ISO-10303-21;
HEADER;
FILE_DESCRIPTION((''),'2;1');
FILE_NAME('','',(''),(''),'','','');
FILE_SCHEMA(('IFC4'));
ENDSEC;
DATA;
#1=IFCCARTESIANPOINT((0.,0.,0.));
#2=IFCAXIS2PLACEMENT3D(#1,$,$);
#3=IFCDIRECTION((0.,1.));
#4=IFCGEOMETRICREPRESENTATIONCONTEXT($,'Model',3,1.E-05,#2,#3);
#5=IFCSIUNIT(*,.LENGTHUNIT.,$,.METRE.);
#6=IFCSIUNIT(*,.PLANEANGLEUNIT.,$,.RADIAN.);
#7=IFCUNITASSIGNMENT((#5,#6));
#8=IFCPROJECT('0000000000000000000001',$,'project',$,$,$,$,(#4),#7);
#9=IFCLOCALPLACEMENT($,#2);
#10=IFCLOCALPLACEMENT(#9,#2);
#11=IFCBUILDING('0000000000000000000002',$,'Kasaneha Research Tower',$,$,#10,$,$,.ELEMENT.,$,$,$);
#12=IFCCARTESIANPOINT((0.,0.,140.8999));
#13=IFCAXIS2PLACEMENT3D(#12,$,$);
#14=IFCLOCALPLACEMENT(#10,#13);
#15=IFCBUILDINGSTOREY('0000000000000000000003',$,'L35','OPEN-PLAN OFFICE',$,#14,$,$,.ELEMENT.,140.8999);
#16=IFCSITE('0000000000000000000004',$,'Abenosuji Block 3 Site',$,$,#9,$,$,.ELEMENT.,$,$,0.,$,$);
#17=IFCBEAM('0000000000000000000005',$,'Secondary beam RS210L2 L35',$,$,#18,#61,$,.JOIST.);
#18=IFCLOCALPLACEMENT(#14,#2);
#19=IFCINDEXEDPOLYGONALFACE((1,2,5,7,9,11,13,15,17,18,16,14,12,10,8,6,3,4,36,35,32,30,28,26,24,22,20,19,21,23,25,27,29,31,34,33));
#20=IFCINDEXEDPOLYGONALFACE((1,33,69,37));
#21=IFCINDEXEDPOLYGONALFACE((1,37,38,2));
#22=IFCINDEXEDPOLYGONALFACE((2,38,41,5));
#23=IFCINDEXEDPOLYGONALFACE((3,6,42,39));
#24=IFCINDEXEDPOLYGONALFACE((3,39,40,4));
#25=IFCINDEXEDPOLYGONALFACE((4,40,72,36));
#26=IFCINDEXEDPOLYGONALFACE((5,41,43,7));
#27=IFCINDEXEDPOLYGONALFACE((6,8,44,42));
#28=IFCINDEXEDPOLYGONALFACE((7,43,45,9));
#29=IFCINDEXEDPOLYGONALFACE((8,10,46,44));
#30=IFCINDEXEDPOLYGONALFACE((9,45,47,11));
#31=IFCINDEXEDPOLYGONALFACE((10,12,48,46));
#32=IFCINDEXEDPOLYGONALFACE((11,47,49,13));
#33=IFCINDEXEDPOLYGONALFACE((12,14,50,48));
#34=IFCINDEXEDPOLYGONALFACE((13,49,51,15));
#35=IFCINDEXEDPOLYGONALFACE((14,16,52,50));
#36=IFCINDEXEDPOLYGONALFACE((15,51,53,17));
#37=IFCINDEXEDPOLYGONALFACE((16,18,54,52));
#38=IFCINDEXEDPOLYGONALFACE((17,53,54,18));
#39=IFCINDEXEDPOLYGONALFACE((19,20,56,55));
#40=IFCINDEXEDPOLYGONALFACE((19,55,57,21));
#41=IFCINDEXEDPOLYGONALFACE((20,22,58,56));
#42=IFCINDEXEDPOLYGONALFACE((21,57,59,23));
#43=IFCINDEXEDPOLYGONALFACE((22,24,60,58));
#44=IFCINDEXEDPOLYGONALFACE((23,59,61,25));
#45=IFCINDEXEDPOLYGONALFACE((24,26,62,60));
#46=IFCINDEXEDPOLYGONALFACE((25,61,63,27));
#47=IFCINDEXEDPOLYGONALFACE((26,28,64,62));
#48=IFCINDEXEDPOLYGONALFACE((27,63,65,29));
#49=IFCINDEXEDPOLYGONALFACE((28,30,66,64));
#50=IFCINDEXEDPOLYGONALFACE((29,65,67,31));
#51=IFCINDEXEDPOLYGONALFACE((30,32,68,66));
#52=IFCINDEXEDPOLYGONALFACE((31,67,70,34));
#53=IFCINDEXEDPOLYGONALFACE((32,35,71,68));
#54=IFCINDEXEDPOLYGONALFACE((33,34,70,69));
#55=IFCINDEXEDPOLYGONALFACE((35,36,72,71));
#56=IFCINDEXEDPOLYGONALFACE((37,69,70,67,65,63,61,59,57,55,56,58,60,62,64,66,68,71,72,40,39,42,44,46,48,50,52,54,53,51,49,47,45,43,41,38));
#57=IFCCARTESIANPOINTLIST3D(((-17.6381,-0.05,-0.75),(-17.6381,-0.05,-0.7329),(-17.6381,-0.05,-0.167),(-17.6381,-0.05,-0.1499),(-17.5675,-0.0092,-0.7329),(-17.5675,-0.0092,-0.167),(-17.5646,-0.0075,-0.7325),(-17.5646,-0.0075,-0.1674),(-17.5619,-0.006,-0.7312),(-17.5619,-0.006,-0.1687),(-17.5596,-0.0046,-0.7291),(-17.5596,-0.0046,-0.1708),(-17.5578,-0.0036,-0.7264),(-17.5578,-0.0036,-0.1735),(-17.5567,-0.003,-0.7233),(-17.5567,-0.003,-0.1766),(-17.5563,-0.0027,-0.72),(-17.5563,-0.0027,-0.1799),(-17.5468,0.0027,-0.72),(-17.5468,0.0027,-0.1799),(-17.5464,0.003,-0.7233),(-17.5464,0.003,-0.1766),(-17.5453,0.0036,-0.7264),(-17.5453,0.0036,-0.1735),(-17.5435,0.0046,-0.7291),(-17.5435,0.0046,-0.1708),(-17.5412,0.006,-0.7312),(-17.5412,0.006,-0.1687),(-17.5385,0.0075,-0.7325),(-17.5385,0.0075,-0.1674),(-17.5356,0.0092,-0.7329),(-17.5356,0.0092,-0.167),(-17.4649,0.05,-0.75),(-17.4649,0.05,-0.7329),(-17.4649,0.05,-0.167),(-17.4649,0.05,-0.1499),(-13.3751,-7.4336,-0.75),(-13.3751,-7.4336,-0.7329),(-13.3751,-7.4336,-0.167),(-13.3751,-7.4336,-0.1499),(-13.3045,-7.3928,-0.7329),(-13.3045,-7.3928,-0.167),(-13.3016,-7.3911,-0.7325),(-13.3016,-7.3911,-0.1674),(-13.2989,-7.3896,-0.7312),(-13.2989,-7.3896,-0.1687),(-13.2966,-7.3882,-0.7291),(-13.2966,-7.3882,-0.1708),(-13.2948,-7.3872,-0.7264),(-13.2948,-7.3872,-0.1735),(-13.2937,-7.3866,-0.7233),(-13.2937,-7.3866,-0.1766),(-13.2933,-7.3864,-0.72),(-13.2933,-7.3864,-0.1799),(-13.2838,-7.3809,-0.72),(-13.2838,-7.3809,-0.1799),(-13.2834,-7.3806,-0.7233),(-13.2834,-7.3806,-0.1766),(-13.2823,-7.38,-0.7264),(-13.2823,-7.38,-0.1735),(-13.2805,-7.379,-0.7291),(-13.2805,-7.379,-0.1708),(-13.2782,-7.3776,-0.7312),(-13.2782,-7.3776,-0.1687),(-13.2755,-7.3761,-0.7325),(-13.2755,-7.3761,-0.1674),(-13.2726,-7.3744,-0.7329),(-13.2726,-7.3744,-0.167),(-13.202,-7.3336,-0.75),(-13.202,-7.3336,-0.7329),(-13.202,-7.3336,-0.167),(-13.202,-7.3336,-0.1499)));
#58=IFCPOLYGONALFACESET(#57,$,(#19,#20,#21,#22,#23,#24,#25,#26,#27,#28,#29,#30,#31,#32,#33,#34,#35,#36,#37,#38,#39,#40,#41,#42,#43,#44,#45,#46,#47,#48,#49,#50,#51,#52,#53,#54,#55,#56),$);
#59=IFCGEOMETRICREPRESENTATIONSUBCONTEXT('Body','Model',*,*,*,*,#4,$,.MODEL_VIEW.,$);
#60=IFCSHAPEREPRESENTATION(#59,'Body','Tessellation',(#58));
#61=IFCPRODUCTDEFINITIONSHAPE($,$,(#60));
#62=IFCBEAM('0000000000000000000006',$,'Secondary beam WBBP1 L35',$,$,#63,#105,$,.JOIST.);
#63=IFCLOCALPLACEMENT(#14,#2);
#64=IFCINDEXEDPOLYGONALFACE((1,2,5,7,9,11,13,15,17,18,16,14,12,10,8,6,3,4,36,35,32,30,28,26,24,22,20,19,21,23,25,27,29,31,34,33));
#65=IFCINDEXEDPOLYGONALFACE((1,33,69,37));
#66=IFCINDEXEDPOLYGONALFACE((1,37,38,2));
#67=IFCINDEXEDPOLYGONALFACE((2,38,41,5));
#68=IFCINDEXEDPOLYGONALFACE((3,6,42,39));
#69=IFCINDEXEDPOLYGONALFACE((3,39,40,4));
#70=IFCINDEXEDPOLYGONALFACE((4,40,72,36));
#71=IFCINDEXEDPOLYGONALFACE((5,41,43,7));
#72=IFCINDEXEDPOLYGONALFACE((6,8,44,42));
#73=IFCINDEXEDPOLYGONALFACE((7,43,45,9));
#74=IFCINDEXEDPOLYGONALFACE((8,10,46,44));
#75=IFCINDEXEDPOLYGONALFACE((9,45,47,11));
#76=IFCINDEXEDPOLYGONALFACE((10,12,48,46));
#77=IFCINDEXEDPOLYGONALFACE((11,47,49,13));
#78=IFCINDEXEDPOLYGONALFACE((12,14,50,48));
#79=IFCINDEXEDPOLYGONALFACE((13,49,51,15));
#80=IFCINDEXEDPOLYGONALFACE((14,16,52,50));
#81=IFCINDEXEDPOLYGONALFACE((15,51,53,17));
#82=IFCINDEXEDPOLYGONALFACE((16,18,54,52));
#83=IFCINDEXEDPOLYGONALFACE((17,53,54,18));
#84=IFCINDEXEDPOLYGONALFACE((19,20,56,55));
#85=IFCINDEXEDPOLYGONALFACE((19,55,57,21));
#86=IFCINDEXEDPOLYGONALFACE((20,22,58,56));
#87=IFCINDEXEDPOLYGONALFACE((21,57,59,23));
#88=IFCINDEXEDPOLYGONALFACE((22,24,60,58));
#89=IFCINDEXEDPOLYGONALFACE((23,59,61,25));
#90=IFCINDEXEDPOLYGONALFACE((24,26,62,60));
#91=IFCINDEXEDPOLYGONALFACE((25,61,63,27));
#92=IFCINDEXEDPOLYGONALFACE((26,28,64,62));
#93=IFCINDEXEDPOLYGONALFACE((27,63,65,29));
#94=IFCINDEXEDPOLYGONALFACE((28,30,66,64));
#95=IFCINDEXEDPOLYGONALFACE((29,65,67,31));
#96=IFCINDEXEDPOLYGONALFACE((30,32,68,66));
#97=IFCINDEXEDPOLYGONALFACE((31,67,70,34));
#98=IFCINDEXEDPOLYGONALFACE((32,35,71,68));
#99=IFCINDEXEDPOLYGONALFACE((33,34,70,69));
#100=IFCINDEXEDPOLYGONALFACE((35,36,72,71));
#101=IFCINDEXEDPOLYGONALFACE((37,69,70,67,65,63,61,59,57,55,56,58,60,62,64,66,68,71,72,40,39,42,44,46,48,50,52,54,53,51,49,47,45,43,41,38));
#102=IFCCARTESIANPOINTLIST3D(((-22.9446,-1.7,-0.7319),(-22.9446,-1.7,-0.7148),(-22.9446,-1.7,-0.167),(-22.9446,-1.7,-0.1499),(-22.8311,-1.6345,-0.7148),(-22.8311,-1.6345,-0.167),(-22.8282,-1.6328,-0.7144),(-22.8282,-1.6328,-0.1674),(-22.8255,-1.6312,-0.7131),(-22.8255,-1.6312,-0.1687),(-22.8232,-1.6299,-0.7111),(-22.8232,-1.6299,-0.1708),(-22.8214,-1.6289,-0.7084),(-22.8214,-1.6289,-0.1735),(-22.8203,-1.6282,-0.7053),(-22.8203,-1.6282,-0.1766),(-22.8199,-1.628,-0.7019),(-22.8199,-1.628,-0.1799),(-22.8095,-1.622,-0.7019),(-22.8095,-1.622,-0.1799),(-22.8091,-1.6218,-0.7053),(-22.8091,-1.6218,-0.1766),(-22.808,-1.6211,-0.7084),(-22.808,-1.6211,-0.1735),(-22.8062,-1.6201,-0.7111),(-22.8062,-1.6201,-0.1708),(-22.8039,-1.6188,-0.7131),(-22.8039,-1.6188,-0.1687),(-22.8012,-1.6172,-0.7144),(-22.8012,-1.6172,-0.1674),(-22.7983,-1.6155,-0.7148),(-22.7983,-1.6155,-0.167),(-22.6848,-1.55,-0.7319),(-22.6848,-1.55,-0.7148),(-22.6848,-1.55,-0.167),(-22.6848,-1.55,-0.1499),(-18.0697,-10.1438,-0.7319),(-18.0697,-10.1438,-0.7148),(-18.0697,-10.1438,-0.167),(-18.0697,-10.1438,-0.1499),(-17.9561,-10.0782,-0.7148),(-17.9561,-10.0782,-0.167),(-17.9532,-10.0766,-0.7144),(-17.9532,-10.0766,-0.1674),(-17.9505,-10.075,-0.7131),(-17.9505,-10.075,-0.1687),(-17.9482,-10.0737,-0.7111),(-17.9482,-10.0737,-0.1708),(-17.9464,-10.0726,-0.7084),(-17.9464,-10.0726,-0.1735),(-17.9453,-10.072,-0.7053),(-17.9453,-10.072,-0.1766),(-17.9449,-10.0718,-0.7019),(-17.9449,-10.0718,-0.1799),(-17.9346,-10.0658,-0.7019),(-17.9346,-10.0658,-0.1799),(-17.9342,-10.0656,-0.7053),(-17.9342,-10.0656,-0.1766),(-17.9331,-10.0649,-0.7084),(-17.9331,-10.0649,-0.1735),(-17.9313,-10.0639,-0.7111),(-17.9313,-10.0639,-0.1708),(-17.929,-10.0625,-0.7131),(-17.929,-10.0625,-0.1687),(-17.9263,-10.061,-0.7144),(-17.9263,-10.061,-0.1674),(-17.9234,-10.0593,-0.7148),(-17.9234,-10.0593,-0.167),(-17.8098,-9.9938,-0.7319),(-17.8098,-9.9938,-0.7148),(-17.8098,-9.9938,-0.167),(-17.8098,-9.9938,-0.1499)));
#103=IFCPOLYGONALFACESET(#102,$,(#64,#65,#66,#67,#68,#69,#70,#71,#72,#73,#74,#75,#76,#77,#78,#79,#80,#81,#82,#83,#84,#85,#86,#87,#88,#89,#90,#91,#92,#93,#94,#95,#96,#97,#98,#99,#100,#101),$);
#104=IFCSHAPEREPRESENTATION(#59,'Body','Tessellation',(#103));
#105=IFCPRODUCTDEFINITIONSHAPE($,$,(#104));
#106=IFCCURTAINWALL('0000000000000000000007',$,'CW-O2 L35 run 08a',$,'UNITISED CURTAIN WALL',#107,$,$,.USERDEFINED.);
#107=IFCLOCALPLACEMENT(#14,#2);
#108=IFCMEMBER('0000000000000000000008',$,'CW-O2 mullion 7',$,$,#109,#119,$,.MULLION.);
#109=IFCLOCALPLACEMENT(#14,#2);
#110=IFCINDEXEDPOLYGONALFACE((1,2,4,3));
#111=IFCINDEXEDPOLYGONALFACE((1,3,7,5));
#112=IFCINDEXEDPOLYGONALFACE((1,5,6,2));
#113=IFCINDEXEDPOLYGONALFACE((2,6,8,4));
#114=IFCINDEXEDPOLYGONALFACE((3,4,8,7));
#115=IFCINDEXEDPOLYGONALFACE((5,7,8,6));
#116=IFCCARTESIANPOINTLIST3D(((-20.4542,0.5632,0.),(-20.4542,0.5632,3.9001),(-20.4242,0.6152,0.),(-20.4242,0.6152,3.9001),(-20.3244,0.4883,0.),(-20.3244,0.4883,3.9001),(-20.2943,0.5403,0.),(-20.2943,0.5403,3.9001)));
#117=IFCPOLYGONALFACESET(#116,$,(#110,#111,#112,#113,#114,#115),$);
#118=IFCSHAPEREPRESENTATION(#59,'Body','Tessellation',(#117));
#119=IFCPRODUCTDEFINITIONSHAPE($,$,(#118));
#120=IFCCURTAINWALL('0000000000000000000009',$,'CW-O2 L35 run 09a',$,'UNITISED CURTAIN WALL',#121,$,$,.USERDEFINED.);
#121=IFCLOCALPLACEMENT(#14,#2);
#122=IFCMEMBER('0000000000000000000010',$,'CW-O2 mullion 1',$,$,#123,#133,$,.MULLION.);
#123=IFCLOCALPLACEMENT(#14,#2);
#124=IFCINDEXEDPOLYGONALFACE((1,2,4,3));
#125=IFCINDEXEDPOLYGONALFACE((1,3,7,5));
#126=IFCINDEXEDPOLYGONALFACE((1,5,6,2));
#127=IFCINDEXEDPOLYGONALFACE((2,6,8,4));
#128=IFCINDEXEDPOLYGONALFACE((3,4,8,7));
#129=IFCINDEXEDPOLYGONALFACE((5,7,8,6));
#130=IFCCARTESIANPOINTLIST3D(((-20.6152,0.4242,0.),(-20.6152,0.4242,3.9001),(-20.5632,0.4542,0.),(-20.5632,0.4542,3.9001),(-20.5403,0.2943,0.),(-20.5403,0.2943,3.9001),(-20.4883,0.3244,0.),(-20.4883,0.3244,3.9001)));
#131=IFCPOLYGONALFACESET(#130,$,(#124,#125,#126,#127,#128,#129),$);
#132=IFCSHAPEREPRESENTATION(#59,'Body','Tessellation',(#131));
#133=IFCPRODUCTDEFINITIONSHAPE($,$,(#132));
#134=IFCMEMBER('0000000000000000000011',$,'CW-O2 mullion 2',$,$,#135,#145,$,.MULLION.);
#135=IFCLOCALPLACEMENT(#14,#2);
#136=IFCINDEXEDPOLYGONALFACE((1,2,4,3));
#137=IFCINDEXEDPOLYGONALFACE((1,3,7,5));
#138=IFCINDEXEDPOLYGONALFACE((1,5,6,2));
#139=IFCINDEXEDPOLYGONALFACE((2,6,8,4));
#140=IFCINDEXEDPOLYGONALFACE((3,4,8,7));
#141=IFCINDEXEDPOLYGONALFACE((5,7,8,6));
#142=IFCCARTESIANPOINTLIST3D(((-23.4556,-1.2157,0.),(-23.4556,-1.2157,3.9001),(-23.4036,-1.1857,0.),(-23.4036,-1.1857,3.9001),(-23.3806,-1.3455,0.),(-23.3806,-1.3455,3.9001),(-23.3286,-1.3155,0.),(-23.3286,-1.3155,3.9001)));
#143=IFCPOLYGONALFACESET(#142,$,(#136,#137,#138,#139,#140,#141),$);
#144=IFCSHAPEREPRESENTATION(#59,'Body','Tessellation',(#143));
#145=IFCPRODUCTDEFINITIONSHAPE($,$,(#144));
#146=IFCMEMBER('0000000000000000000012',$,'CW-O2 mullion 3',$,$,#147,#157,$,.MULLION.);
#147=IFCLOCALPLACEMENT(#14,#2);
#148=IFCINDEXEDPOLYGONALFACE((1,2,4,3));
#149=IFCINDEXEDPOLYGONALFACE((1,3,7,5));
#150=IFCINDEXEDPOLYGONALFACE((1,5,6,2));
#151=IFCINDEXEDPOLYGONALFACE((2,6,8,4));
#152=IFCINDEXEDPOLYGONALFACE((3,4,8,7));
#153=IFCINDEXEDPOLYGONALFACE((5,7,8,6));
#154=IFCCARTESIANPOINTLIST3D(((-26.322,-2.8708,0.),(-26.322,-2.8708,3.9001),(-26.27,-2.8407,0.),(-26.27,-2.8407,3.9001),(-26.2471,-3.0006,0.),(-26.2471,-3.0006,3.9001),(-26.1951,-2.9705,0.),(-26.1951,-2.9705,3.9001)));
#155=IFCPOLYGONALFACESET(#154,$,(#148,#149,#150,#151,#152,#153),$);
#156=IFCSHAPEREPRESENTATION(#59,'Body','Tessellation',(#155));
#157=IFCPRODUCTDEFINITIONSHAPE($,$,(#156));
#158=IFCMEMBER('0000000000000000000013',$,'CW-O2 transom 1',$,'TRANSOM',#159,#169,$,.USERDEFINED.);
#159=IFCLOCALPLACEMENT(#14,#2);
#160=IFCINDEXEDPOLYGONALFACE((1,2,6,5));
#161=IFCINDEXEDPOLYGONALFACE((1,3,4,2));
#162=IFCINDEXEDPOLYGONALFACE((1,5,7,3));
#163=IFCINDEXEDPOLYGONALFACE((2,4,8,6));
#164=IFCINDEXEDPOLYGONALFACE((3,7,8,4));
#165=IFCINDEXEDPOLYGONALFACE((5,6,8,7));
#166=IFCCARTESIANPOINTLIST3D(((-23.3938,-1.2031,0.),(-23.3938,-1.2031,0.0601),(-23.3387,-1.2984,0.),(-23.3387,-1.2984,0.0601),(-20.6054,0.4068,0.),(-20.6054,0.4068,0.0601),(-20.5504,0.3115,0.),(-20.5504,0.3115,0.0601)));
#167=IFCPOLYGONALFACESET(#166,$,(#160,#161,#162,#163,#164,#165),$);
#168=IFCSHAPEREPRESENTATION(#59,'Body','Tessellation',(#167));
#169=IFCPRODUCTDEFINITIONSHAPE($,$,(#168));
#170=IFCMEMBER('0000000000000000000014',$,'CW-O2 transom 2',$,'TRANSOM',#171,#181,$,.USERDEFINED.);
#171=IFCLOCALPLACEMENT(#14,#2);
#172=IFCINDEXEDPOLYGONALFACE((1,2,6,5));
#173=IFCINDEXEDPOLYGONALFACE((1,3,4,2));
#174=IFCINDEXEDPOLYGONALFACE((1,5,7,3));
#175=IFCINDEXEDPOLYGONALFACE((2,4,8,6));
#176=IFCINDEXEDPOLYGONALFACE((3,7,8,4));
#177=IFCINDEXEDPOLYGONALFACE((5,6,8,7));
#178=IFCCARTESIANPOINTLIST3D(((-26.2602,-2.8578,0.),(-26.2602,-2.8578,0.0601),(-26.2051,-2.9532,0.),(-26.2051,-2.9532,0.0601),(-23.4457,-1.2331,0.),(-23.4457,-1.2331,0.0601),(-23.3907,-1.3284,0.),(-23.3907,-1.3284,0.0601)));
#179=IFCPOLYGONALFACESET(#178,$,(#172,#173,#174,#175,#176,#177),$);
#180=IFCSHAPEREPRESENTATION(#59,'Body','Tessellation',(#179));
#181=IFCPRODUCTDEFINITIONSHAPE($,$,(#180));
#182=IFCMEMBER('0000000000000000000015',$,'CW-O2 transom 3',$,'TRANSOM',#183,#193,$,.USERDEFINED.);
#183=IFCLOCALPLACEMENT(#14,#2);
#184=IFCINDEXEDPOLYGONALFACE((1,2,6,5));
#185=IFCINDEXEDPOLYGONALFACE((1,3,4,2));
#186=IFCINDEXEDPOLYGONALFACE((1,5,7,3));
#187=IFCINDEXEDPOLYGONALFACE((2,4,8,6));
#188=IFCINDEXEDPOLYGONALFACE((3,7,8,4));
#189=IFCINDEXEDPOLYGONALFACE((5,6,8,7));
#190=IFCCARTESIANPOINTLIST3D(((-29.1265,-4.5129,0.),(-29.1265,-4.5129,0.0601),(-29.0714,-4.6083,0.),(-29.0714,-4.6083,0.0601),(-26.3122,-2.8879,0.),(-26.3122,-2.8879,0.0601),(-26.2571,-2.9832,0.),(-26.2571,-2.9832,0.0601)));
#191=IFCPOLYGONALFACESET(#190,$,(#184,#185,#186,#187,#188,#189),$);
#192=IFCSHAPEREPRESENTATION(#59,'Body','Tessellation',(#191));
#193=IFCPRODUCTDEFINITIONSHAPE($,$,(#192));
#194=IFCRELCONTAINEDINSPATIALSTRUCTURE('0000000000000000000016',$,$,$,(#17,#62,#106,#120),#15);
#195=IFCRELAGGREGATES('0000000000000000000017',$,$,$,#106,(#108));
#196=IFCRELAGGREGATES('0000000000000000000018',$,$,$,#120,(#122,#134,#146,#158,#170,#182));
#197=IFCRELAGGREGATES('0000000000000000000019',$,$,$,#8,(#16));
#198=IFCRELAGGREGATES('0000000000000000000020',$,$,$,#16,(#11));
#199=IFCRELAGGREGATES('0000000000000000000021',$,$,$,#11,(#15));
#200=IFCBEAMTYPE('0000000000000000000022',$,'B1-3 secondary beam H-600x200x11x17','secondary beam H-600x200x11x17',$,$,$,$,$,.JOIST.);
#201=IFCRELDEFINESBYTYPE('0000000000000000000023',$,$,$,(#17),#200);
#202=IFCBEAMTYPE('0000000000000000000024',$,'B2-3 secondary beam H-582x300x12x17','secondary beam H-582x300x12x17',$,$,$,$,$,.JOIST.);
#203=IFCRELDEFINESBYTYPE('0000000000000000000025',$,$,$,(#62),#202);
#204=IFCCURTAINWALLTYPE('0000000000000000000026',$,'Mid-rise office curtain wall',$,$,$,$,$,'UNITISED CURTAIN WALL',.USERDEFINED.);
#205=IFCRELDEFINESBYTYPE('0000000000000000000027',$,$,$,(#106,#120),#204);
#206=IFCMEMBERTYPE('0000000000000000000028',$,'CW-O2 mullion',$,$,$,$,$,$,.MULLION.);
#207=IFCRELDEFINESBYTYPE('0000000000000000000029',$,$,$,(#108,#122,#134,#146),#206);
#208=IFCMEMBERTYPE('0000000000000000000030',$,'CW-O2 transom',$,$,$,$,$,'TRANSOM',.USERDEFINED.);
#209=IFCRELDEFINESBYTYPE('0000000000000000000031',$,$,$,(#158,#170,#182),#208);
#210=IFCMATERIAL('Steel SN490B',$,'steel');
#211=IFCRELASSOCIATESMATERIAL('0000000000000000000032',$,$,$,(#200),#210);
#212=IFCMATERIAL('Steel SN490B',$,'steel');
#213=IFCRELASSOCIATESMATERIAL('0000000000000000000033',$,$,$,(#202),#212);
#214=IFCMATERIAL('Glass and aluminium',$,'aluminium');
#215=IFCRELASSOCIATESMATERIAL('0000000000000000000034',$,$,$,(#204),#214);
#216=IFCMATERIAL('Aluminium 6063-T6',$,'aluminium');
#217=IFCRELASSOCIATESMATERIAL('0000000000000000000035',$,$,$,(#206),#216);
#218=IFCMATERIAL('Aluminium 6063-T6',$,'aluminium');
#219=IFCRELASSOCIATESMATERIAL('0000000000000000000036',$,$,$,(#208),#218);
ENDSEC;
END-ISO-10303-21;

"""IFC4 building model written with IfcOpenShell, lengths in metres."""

from ifc_helpers import new_model, si_unit, direction, frame, origin, origin_2d, place, context, subcontext, project, spatial, rectangle, i_section, extrude, material, material_profile, profile_set, type_object, element, aggregate, save


model = new_model("IFC4")

# Units and contexts
model_context = context("Model", 3, precision=1e-05, world=origin(), true_north=direction((0.0, 1.0)))
body_context = subcontext(model_context, "Body", "Model", "MODEL_VIEW")
ifc_project = project(units=[si_unit("LENGTHUNIT", "METRE"), si_unit("PLANEANGLEUNIT", "RADIAN")], contexts=[model_context])

# Site, building, storey
site_placement = place(None, origin())
site = spatial("IfcSite", under=ifc_project, at=site_placement, Name="Abenosuji Block 3 Site", CompositionType="ELEMENT", RefElevation=0.0)
building_placement = place(site_placement, origin())
building = spatial("IfcBuilding", under=site, at=building_placement, Name="Kasaneha Research Tower", CompositionType="ELEMENT")
storey_placement = place(building_placement, frame((0.0, 0.0, 140.8999)))
storey = spatial("IfcBuildingStorey", under=building, at=storey_placement, Name="L35", Description="OPEN-PLAN OFFICE", CompositionType="ELEMENT", Elevation=140.8999)

# Beams
ifc_material_1 = material(Name="Steel SN490B", Category="steel")
ifc_material_profile_1 = material_profile(ifc_material_1, i_section(OverallWidth=0.2, OverallDepth=0.6001, WebThickness=0.011, FlangeThickness=0.0171, FilletRadius=0.0129, at=origin_2d()), Name="H-600x200x11x17")
ifc_profile_set_1 = profile_set([ifc_material_profile_1], Name="Steel SN490B")
beam_type_1 = type_object("IfcBeamType", Name="B1-3 secondary beam H-600x200x11x17", Description="secondary beam H-600x200x11x17", PredefinedType="JOIST", material=ifc_profile_set_1)
beam_1_placement = place(storey_placement, frame((-17.5515, 0.0, -0.45), z_axis=(0.500004, -0.866023, 0.0), x_axis=(0.866023, 0.500004, 0.0)))
element("IfcBeam", 1, at=beam_1_placement, inside=storey, type_object=beam_type_1, Name="Secondary beam RS210L2 L35", PredefinedType="JOIST", context=body_context, shape_type="SweptSolid", body=[
    extrude(i_section(OverallWidth=0.2, OverallDepth=0.6001, WebThickness=0.011, FlangeThickness=0.0171, FilletRadius=0.0129, at=origin_2d()), origin(), (0.0, 0.0, 1.0), 8.5259),
])
ifc_material_2 = material(Name="Steel SN490B", Category="steel")
ifc_material_profile_2 = material_profile(ifc_material_2, i_section(OverallWidth=0.3, OverallDepth=0.582, WebThickness=0.012, FlangeThickness=0.0171, FilletRadius=0.0129, at=origin_2d()), Name="H-582x300x12x17")
ifc_profile_set_2 = profile_set([ifc_material_profile_2], Name="Steel SN490B")
beam_type_2 = type_object("IfcBeamType", Name="B2-3 secondary beam H-582x300x12x17", Description="secondary beam H-582x300x12x17", PredefinedType="JOIST", material=ifc_profile_set_2)
beam_2_placement = place(storey_placement, frame((-22.8147, -1.625, -0.4409), z_axis=(0.499996, -0.866028, 0.0), x_axis=(0.866028, 0.499996, 0.0)))
element("IfcBeam", 2, at=beam_2_placement, inside=storey, type_object=beam_type_2, Name="Secondary beam WBBP1 L35", PredefinedType="JOIST", context=body_context, shape_type="SweptSolid", body=[
    extrude(i_section(OverallWidth=0.3, OverallDepth=0.582, WebThickness=0.012, FlangeThickness=0.0171, FilletRadius=0.0129, at=origin_2d()), origin(), (0.0, 0.0, 1.0), 9.75),
])

# Curtain wall, member
ifc_material_3 = material(Name="Glass and aluminium", Category="aluminium")
curtain_wall_type = type_object("IfcCurtainWallType", Name="Mid-rise office curtain wall", ElementType="UNITISED CURTAIN WALL", PredefinedType="USERDEFINED", material=ifc_material_3)
curtain_wall_1_placement = place(storey_placement, origin())
curtain_wall_1 = element("IfcCurtainWall", 3, at=curtain_wall_1_placement, inside=storey, type_object=curtain_wall_type, Name="CW-O2 L35 run 08a", ObjectType="UNITISED CURTAIN WALL", PredefinedType="USERDEFINED")
ifc_material_4 = material(Name="Aluminium 6063-T6", Category="aluminium")
ifc_material_profile_3 = material_profile(ifc_material_4, rectangle(XDim=0.0601, YDim=0.1499, at=origin_2d()), Name="CW-O2 mullion 60x150")
ifc_profile_set_3 = profile_set([ifc_material_profile_3], Name="Aluminium 6063-T6")
member_type_1 = type_object("IfcMemberType", Name="CW-O2 mullion", PredefinedType="MULLION", material=ifc_profile_set_3)
member_1_placement = place(storey_placement, frame((-20.3743, 0.5518, 0.0), z_axis=(0.0, 0.0, 1.0), x_axis=(-0.5, -0.866025, 0.0)))
member_1 = element("IfcMember", 4, at=member_1_placement, type_object=member_type_1, Name="CW-O2 mullion 7", PredefinedType="MULLION", context=body_context, shape_type="SweptSolid", body=[
    extrude(rectangle(XDim=0.0601, YDim=0.1499, at=origin_2d()), origin(), (0.0, 0.0, 1.0), 3.9001),
])

# Curtain wall, members
curtain_wall_2_placement = place(storey_placement, origin())
curtain_wall_2 = element("IfcCurtainWall", 5, at=curtain_wall_2_placement, inside=storey, type_object=curtain_wall_type, Name="CW-O2 L35 run 09a", ObjectType="UNITISED CURTAIN WALL", PredefinedType="USERDEFINED")
member_2_placement = place(storey_placement, frame((-20.5518, 0.3743, 0.0), z_axis=(0.0, 0.0, 1.0), x_axis=(-0.866025, -0.5, 0.0)))
member_2 = element("IfcMember", 6, at=member_2_placement, type_object=member_type_1, Name="CW-O2 mullion 1", PredefinedType="MULLION", context=body_context, shape_type="SweptSolid", body=[
    extrude(rectangle(XDim=0.0601, YDim=0.1499, at=origin_2d()), origin(), (0.0, 0.0, 1.0), 3.9001),
])
member_3_placement = place(storey_placement, frame((-23.3921, -1.2656, 0.0), z_axis=(0.0, 0.0, 1.0), x_axis=(-0.866025, -0.5, 0.0)))
member_3 = element("IfcMember", 7, at=member_3_placement, type_object=member_type_1, Name="CW-O2 mullion 2", PredefinedType="MULLION", context=body_context, shape_type="SweptSolid", body=[
    extrude(rectangle(XDim=0.0601, YDim=0.1499, at=origin_2d()), origin(), (0.0, 0.0, 1.0), 3.9001),
])
member_4_placement = place(storey_placement, frame((-26.2585, -2.9207, 0.0), z_axis=(0.0, 0.0, 1.0), x_axis=(-0.866025, -0.5, 0.0)))
member_4 = element("IfcMember", 8, at=member_4_placement, type_object=member_type_1, Name="CW-O2 mullion 3", PredefinedType="MULLION", context=body_context, shape_type="SweptSolid", body=[
    extrude(rectangle(XDim=0.0601, YDim=0.1499, at=origin_2d()), origin(), (0.0, 0.0, 1.0), 3.9001),
])
ifc_material_5 = material(Name="Aluminium 6063-T6", Category="aluminium")
ifc_material_profile_4 = material_profile(ifc_material_5, rectangle(XDim=0.1101, YDim=0.0601, at=origin_2d()), Name="CW-O2 transom 110x60")
ifc_profile_set_4 = profile_set([ifc_material_profile_4], Name="Aluminium 6063-T6")
member_type_2 = type_object("IfcMemberType", Name="CW-O2 transom", ElementType="TRANSOM", PredefinedType="USERDEFINED", material=ifc_profile_set_4)
member_5_placement = place(storey_placement, frame((-20.5779, 0.3591, 0.03), z_axis=(-0.866023, -0.500005, 0.0), x_axis=(0.500005, -0.866023, 0.0)))
member_5 = element("IfcMember", 9, at=member_5_placement, type_object=member_type_2, Name="CW-O2 transom 1", ObjectType="TRANSOM", PredefinedType="USERDEFINED", context=body_context, shape_type="SweptSolid", body=[
    extrude(rectangle(XDim=0.1101, YDim=0.0601, at=origin_2d()), origin(), (0.0, 0.0, 1.0), 3.2197),
])
member_6_placement = place(storey_placement, frame((-23.4182, -1.2808, 0.03), z_axis=(-0.866048, -0.499961, 0.0), x_axis=(0.499961, -0.866048, 0.0)))
member_6 = element("IfcMember", 10, at=member_6_placement, type_object=member_type_2, Name="CW-O2 transom 2", ObjectType="TRANSOM", PredefinedType="USERDEFINED", context=body_context, shape_type="SweptSolid", body=[
    extrude(rectangle(XDim=0.1101, YDim=0.0601, at=origin_2d()), origin(), (0.0, 0.0, 1.0), 3.2498),
])
member_7_placement = place(storey_placement, frame((-26.2847, -2.9355, 0.03), z_axis=(-0.865997, -0.50005, 0.0), x_axis=(0.50005, -0.865997, 0.0)))
member_7 = element("IfcMember", 11, at=member_7_placement, type_object=member_type_2, Name="CW-O2 transom 3", ObjectType="TRANSOM", PredefinedType="USERDEFINED", context=body_context, shape_type="SweptSolid", body=[
    extrude(rectangle(XDim=0.1101, YDim=0.0601, at=origin_2d()), origin(), (0.0, 0.0, 1.0), 3.2498),
])

aggregate(curtain_wall_1, [member_1])
aggregate(curtain_wall_2, [member_2, member_3, member_4, member_5, member_6, member_7])

save(model, "model.ifc")
